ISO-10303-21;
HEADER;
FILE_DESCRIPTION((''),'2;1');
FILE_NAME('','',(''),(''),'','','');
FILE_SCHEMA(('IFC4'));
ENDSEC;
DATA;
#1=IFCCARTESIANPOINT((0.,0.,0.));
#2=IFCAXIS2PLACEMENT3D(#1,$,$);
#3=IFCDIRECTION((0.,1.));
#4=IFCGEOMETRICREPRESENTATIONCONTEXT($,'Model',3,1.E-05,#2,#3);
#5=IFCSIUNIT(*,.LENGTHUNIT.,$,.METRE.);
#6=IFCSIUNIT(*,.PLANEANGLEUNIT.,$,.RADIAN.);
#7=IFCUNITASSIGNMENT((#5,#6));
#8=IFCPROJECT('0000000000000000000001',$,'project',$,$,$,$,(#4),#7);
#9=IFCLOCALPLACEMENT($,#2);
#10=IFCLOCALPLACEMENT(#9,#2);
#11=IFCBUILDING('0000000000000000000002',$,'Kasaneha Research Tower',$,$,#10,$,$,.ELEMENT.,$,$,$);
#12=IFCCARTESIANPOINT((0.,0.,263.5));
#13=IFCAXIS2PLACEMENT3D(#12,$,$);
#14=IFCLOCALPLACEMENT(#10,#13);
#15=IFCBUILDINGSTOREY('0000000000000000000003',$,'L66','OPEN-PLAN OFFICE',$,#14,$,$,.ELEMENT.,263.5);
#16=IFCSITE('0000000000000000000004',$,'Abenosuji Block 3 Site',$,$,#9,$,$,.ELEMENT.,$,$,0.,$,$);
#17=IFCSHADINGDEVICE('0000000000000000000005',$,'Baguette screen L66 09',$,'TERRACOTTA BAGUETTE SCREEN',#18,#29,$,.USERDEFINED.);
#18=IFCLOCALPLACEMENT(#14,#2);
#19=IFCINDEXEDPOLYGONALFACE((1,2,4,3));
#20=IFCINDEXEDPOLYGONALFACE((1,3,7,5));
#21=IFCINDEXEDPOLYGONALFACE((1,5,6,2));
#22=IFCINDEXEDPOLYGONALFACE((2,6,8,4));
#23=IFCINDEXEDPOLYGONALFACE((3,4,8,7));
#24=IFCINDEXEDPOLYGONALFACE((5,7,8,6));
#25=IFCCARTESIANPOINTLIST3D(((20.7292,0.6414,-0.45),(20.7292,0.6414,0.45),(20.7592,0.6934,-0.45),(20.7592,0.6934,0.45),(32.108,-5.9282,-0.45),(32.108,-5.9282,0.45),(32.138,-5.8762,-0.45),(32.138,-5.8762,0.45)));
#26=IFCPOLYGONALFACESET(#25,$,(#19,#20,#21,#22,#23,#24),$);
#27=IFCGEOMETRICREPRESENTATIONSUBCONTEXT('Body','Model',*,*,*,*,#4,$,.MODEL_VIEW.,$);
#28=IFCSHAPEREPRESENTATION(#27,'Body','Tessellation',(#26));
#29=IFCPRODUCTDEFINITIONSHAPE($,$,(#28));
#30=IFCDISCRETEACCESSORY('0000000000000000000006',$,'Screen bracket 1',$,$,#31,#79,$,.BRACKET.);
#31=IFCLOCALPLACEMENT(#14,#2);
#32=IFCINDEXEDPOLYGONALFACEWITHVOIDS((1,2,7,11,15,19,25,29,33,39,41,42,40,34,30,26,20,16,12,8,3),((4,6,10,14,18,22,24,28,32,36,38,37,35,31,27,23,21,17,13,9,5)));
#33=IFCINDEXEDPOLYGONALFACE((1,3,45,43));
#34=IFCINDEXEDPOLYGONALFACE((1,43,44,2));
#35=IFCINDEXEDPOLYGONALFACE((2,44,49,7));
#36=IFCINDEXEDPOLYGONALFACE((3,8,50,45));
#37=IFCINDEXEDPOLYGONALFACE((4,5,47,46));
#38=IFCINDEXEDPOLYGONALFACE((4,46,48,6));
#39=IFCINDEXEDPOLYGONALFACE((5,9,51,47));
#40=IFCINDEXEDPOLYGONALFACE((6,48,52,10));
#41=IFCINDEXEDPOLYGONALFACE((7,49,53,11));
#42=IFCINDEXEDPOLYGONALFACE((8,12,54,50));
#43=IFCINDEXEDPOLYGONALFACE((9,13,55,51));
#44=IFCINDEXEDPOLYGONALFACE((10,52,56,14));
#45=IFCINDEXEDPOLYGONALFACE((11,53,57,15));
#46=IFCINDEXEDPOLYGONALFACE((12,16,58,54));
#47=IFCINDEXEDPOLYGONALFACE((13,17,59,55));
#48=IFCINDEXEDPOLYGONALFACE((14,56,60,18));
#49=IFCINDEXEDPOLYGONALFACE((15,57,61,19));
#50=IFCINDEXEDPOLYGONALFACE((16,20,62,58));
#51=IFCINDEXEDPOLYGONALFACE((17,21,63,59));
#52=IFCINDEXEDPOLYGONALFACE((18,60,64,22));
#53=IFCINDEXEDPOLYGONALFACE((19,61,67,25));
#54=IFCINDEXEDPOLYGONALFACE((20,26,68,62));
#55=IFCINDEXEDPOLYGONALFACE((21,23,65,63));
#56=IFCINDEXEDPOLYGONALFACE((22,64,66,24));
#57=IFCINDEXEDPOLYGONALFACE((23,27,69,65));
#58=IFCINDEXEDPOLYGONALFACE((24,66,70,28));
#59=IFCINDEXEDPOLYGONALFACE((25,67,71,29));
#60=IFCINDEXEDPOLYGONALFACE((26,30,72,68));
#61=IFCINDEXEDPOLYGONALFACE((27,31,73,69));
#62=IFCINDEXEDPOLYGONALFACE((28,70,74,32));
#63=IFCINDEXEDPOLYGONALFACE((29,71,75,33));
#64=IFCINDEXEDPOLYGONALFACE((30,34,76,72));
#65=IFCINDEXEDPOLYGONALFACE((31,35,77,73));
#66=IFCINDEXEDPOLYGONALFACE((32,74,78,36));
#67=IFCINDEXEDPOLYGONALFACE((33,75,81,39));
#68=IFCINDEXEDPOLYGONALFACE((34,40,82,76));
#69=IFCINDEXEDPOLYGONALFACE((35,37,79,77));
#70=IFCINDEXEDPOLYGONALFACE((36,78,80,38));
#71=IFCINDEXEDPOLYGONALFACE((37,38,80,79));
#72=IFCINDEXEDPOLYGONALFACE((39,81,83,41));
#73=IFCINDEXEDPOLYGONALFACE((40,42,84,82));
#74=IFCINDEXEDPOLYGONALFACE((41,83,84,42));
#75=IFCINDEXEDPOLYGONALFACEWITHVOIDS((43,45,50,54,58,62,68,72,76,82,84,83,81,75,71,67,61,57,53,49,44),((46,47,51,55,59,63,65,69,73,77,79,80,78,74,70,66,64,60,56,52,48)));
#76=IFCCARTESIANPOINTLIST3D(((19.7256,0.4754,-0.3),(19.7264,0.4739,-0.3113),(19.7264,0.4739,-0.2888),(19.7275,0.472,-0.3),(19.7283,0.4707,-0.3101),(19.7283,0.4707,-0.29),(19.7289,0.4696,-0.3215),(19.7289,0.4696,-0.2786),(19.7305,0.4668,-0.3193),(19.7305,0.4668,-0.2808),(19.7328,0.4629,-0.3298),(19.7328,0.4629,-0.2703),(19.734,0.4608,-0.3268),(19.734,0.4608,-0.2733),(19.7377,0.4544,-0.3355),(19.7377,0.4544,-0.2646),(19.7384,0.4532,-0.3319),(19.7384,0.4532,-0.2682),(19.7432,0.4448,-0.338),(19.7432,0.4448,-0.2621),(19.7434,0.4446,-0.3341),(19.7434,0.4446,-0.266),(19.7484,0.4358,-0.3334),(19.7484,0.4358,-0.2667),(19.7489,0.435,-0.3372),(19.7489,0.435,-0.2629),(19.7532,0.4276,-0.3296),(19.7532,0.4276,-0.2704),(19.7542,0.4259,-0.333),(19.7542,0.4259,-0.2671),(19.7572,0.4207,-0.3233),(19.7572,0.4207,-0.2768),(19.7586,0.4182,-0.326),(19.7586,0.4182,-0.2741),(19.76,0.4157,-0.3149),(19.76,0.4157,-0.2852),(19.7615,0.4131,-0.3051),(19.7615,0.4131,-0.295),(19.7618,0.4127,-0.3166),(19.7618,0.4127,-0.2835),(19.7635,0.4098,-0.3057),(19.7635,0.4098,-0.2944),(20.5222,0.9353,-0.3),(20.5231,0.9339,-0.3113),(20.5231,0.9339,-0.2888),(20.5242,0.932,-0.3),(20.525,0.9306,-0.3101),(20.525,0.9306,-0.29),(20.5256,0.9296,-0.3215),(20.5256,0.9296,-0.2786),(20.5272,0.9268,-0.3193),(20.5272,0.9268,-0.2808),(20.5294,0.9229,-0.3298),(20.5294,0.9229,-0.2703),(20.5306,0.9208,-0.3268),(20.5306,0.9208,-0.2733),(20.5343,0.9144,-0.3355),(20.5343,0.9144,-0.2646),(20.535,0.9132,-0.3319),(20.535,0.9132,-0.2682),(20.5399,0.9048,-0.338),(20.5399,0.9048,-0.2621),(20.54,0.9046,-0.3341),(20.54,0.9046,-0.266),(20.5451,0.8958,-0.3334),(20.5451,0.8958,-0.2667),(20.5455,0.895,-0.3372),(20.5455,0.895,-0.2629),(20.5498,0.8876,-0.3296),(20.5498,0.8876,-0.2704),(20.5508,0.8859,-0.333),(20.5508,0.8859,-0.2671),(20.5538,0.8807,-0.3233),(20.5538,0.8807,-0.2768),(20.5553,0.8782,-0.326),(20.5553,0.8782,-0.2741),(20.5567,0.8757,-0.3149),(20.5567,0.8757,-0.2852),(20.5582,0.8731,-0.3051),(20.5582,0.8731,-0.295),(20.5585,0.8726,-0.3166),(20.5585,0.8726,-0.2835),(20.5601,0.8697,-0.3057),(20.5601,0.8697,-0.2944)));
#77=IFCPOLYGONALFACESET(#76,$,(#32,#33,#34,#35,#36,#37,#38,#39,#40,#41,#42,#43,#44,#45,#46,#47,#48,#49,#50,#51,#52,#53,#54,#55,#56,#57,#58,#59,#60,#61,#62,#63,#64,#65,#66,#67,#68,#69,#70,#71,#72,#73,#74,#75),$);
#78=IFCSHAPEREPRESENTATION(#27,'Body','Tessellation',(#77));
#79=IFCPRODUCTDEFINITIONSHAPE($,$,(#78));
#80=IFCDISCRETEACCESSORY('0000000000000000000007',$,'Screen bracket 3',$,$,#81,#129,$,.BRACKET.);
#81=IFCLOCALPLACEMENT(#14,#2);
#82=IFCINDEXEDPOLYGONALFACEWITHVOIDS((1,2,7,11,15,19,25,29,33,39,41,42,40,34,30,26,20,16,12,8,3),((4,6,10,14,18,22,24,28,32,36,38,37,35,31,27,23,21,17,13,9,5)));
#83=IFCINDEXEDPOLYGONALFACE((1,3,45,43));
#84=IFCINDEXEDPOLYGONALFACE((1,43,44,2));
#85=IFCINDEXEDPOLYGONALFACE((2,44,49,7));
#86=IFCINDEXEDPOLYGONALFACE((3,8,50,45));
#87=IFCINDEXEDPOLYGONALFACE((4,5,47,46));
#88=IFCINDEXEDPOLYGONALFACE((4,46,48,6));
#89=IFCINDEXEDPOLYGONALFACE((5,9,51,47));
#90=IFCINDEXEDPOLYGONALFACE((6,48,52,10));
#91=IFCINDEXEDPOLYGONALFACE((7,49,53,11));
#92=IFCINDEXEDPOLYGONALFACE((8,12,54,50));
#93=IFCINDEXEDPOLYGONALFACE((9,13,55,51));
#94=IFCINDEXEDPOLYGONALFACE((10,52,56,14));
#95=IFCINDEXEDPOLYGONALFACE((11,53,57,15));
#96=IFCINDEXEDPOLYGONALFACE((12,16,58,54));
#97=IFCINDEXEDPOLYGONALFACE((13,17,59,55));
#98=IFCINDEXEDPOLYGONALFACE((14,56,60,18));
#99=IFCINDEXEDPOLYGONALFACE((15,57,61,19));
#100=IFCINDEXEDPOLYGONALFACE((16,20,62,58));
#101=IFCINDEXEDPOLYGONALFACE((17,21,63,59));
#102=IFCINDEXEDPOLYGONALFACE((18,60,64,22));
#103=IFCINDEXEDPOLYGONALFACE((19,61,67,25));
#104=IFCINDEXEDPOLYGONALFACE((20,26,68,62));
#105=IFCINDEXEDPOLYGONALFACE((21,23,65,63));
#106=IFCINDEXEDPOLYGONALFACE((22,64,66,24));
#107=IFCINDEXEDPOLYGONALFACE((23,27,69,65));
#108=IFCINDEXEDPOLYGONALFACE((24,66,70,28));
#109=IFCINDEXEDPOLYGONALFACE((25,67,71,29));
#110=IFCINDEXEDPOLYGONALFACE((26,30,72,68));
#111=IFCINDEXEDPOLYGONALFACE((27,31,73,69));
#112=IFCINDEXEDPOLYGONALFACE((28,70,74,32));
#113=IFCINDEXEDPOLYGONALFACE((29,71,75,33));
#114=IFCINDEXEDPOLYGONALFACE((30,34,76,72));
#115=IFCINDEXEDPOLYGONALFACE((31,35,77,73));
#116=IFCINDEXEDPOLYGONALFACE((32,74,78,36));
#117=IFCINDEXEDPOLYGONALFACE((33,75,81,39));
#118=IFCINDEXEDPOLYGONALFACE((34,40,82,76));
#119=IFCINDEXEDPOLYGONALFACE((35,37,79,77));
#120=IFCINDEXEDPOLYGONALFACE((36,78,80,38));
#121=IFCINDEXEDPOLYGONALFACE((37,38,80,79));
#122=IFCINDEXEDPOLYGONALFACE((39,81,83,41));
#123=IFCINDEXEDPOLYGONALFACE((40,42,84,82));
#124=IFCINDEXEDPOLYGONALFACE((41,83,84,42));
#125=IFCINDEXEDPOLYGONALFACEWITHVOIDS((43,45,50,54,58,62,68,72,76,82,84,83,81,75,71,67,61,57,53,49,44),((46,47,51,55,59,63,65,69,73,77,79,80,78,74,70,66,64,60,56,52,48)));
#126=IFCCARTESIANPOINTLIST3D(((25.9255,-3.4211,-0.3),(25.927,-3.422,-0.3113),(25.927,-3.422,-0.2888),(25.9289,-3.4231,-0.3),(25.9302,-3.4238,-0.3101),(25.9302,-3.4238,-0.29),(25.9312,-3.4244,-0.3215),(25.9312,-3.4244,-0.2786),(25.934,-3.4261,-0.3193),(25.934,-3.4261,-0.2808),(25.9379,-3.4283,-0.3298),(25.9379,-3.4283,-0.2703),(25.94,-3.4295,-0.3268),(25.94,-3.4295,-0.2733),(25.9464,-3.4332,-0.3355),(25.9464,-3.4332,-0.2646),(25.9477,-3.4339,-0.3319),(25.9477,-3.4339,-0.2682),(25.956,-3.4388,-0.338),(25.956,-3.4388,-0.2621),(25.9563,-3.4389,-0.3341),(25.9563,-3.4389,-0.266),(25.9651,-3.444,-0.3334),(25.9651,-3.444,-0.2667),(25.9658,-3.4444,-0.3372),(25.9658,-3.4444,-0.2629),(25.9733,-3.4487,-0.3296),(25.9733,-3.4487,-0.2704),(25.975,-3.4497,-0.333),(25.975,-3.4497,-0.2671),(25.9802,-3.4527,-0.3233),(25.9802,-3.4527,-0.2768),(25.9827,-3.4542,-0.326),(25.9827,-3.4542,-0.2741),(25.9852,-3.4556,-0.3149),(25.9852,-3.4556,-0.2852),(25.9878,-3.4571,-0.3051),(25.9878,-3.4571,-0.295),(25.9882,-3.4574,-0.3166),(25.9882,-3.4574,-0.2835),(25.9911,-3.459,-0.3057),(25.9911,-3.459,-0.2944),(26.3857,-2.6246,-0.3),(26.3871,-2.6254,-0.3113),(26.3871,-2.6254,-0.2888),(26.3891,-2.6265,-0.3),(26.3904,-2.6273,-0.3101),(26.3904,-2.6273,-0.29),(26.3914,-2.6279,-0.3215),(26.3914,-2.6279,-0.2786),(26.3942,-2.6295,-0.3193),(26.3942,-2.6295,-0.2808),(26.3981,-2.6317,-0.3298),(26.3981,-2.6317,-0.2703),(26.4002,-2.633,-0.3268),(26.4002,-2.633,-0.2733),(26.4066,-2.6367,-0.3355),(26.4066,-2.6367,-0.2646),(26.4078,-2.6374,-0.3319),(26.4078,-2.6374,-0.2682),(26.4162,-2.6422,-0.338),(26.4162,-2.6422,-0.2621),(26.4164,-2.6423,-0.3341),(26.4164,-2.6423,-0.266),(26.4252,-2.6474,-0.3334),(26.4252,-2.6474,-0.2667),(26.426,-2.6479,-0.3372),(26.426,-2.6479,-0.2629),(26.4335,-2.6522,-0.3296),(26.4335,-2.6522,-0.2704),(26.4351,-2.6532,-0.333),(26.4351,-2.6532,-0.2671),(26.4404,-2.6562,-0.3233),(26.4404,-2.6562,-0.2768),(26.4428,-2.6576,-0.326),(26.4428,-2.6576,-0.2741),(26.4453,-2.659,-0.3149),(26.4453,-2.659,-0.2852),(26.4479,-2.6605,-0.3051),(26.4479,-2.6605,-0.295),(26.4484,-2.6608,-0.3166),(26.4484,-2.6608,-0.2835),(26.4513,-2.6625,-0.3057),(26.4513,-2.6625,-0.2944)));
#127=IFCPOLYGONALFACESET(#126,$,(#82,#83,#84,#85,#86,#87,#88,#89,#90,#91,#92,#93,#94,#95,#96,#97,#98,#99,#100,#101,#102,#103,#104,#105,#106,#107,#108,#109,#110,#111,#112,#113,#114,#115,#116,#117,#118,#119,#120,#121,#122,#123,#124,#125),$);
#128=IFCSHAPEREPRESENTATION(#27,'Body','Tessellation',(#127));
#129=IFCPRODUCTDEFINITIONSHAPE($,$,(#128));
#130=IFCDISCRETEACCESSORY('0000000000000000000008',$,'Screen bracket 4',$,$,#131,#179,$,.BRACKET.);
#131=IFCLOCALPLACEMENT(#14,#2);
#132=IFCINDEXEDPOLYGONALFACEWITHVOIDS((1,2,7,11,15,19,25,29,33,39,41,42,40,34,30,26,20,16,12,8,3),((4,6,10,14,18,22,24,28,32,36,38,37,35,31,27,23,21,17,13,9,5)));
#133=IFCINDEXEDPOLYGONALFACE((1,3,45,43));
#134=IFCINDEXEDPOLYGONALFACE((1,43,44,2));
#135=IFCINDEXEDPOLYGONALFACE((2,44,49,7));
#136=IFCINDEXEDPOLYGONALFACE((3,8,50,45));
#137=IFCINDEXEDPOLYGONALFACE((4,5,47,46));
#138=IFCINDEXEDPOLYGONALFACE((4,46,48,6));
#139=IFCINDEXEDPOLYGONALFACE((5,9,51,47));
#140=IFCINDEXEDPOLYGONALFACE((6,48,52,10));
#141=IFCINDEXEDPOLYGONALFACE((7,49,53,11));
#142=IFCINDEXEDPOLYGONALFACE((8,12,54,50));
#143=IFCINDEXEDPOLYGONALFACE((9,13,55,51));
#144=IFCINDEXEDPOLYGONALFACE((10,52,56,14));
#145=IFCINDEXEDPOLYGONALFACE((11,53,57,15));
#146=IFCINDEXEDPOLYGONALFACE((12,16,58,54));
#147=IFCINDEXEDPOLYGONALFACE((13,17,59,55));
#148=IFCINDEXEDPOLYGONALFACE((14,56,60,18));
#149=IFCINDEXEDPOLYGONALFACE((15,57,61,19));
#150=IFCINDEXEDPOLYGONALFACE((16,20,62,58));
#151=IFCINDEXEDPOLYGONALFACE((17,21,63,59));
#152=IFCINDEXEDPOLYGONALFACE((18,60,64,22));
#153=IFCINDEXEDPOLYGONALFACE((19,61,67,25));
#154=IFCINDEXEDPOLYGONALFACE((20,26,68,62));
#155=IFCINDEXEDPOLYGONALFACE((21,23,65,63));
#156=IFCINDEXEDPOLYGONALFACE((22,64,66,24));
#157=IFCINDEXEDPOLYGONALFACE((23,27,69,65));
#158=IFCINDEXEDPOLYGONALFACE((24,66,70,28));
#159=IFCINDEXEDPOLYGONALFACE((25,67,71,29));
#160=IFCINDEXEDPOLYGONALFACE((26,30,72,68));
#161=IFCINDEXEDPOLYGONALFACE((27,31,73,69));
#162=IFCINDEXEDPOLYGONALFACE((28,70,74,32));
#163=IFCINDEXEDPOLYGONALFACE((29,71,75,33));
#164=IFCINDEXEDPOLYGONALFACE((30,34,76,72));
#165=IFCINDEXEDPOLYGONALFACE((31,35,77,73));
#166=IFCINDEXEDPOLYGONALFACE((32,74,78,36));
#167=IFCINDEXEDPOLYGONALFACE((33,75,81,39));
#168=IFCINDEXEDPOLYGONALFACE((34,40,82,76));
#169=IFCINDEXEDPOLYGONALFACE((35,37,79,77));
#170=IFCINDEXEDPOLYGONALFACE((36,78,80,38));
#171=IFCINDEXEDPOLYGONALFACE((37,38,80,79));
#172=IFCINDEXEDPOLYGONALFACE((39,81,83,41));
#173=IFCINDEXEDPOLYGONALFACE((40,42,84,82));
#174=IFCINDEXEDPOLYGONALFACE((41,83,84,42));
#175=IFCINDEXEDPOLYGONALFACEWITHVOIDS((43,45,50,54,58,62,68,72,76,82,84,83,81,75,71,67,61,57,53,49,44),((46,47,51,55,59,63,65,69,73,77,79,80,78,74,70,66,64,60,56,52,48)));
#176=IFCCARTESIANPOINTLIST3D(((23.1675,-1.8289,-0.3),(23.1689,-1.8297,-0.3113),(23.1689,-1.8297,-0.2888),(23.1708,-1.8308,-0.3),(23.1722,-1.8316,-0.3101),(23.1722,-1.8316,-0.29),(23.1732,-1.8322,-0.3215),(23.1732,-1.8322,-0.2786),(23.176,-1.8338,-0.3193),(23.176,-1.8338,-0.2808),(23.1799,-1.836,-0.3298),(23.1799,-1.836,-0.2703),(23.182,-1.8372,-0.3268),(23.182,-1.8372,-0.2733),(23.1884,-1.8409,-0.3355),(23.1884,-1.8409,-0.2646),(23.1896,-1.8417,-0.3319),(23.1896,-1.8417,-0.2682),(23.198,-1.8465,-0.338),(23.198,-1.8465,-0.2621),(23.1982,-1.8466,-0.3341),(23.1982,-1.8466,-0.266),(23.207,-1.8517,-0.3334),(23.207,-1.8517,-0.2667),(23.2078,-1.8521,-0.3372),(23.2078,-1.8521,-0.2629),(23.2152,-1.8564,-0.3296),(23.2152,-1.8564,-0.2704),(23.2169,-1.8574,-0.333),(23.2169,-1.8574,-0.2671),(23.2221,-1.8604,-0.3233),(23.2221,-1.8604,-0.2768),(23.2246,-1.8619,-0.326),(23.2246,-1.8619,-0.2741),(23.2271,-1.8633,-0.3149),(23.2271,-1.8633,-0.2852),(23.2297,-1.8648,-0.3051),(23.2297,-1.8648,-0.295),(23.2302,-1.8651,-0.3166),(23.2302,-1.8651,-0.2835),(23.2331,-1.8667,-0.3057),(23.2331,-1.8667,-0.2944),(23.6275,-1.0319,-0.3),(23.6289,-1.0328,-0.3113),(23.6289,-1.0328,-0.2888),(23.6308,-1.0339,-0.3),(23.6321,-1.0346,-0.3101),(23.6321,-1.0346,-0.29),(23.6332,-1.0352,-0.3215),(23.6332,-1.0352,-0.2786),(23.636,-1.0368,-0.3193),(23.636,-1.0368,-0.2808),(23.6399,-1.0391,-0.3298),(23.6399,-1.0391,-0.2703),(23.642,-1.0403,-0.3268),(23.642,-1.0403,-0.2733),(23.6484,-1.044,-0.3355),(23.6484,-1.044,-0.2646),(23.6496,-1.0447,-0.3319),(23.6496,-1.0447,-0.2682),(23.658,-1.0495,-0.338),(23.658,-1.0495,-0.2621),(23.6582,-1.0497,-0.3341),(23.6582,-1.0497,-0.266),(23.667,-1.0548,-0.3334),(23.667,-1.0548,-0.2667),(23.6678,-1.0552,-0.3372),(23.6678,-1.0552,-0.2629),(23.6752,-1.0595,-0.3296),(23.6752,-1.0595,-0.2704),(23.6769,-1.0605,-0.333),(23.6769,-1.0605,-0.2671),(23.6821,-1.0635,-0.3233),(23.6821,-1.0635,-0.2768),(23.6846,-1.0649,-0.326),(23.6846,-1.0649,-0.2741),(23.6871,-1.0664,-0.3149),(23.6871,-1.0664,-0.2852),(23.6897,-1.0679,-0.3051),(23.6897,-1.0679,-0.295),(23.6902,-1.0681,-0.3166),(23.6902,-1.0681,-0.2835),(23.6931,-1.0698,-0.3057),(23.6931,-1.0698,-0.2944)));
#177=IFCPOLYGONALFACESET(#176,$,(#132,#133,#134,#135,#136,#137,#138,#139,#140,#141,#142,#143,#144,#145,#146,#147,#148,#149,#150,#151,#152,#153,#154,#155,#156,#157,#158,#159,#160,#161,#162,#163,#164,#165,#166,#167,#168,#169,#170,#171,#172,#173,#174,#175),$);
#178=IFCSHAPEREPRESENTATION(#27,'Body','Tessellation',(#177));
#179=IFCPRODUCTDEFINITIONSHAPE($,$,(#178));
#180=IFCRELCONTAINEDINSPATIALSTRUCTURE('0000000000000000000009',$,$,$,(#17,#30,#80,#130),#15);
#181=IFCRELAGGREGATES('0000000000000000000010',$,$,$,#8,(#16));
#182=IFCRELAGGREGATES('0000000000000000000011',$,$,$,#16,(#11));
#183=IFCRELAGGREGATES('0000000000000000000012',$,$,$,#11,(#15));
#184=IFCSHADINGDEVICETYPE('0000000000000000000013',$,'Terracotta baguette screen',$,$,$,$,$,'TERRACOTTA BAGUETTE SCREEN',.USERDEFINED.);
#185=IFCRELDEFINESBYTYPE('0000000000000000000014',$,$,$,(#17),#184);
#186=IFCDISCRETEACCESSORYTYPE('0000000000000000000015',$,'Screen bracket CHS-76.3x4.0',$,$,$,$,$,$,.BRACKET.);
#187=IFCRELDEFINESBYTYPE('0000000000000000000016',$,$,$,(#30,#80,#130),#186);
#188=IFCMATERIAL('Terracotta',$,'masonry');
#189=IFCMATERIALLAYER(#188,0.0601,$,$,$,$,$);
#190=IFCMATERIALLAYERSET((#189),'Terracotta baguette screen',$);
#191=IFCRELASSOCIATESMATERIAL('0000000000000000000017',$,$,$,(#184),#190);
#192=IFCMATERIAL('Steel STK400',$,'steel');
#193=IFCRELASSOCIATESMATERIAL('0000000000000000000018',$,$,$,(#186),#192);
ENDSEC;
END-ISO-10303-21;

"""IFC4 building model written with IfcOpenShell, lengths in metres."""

from ifc_helpers import new_model, si_unit, direction, frame, origin, origin_2d, place, context, subcontext, project, spatial, rectangle, hollow_circle, extrude, material, layer, layer_set, material_profile, profile_set, type_object, element, save


model = new_model("IFC4")

# Units and contexts
model_context = context("Model", 3, precision=1e-05, world=origin(), true_north=direction((0.0, 1.0)))
body_context = subcontext(model_context, "Body", "Model", "MODEL_VIEW")
ifc_project = project(units=[si_unit("LENGTHUNIT", "METRE"), si_unit("PLANEANGLEUNIT", "RADIAN")], contexts=[model_context])

# Site, building, storey
site_placement = place(None, origin())
site = spatial("IfcSite", under=ifc_project, at=site_placement, Name="Abenosuji Block 3 Site", CompositionType="ELEMENT", RefElevation=0.0)
building_placement = place(site_placement, origin())
building = spatial("IfcBuilding", under=site, at=building_placement, Name="Kasaneha Research Tower", CompositionType="ELEMENT")
storey_placement = place(building_placement, frame((0.0, 0.0, 263.5)))
storey = spatial("IfcBuildingStorey", under=building, at=storey_placement, Name="L66", Description="OPEN-PLAN OFFICE", CompositionType="ELEMENT", Elevation=263.5)

# Shading device
ifc_material_1 = material(Name="Terracotta", Category="masonry")
ifc_layer_1 = layer(ifc_material_1, 0.0601)
ifc_layer_set_1 = layer_set([ifc_layer_1], Name="Terracotta baguette screen")
shading_device_type = type_object("IfcShadingDeviceType", Name="Terracotta baguette screen", ElementType="TERRACOTTA BAGUETTE SCREEN", PredefinedType="USERDEFINED", material=ifc_layer_set_1)
shading_device_placement = place(storey_placement, frame((26.4336, -2.6174, -0.45), z_axis=(0.0, 0.0, 1.0), x_axis=(-0.866025, 0.5, 0.0)))
element("IfcShadingDevice", 1, at=shading_device_placement, inside=storey, type_object=shading_device_type, Name="Baguette screen L66 09", ObjectType="TERRACOTTA BAGUETTE SCREEN", PredefinedType="USERDEFINED", context=body_context, shape_type="SweptSolid", body=[
    extrude(rectangle(XDim=13.1392, YDim=0.0601, at=origin_2d()), origin(), (0.0, 0.0, 1.0), 0.8999),
])

# Discrete accessories
ifc_material_2 = material(Name="Steel STK400", Category="steel")
ifc_material_profile_1 = material_profile(ifc_material_2, hollow_circle(Radius=0.0381, WallThickness=0.0039, at=origin_2d()), Name="CHS-76.3x4.0")
ifc_profile_set_1 = profile_set([ifc_material_profile_1], Name="Steel STK400")
discrete_accessory_type = type_object("IfcDiscreteAccessoryType", Name="Screen bracket CHS-76.3x4.0", PredefinedType="BRACKET", material=ifc_profile_set_1)
for number, where, z_axis, x_axis, name in (
    (2, (19.7446, 0.4424, -0.3), (0.866013, 0.500021, 0.0), (-0.500021, 0.866013, 0.0), "Screen bracket 1"),
    (3, (25.9585, -3.4402, -0.3), (0.50022, 0.865898, 0.0), (-0.865898, 0.50022, 0.0), "Screen bracket 3"),
):
    element("IfcDiscreteAccessory", number, at=place(storey_placement, frame(where, z_axis=z_axis, x_axis=x_axis)), inside=storey, type_object=discrete_accessory_type, Name=name, PredefinedType="BRACKET", context=body_context, shape_type="SweptSolid", body=[
        extrude(hollow_circle(Radius=0.0381, WallThickness=0.0039, at=origin_2d()), origin(), (0.0, 0.0, 1.0), 0.9199),
    ])
discrete_accessory_1_placement = place(storey_placement, frame((23.2004, -1.8479, -0.3), z_axis=(0.499906, 0.86608, 0.0), x_axis=(-0.86608, 0.499906, 0.0)))
element("IfcDiscreteAccessory", 4, at=discrete_accessory_1_placement, inside=storey, type_object=discrete_accessory_type, Name="Screen bracket 4", PredefinedType="BRACKET", context=body_context, shape_type="SweptSolid", body=[
    extrude(hollow_circle(Radius=0.0381, WallThickness=0.0039, at=origin_2d()), origin(), (0.0, 0.0, 1.0), 0.9202),
])

save(model, "model.ifc")
